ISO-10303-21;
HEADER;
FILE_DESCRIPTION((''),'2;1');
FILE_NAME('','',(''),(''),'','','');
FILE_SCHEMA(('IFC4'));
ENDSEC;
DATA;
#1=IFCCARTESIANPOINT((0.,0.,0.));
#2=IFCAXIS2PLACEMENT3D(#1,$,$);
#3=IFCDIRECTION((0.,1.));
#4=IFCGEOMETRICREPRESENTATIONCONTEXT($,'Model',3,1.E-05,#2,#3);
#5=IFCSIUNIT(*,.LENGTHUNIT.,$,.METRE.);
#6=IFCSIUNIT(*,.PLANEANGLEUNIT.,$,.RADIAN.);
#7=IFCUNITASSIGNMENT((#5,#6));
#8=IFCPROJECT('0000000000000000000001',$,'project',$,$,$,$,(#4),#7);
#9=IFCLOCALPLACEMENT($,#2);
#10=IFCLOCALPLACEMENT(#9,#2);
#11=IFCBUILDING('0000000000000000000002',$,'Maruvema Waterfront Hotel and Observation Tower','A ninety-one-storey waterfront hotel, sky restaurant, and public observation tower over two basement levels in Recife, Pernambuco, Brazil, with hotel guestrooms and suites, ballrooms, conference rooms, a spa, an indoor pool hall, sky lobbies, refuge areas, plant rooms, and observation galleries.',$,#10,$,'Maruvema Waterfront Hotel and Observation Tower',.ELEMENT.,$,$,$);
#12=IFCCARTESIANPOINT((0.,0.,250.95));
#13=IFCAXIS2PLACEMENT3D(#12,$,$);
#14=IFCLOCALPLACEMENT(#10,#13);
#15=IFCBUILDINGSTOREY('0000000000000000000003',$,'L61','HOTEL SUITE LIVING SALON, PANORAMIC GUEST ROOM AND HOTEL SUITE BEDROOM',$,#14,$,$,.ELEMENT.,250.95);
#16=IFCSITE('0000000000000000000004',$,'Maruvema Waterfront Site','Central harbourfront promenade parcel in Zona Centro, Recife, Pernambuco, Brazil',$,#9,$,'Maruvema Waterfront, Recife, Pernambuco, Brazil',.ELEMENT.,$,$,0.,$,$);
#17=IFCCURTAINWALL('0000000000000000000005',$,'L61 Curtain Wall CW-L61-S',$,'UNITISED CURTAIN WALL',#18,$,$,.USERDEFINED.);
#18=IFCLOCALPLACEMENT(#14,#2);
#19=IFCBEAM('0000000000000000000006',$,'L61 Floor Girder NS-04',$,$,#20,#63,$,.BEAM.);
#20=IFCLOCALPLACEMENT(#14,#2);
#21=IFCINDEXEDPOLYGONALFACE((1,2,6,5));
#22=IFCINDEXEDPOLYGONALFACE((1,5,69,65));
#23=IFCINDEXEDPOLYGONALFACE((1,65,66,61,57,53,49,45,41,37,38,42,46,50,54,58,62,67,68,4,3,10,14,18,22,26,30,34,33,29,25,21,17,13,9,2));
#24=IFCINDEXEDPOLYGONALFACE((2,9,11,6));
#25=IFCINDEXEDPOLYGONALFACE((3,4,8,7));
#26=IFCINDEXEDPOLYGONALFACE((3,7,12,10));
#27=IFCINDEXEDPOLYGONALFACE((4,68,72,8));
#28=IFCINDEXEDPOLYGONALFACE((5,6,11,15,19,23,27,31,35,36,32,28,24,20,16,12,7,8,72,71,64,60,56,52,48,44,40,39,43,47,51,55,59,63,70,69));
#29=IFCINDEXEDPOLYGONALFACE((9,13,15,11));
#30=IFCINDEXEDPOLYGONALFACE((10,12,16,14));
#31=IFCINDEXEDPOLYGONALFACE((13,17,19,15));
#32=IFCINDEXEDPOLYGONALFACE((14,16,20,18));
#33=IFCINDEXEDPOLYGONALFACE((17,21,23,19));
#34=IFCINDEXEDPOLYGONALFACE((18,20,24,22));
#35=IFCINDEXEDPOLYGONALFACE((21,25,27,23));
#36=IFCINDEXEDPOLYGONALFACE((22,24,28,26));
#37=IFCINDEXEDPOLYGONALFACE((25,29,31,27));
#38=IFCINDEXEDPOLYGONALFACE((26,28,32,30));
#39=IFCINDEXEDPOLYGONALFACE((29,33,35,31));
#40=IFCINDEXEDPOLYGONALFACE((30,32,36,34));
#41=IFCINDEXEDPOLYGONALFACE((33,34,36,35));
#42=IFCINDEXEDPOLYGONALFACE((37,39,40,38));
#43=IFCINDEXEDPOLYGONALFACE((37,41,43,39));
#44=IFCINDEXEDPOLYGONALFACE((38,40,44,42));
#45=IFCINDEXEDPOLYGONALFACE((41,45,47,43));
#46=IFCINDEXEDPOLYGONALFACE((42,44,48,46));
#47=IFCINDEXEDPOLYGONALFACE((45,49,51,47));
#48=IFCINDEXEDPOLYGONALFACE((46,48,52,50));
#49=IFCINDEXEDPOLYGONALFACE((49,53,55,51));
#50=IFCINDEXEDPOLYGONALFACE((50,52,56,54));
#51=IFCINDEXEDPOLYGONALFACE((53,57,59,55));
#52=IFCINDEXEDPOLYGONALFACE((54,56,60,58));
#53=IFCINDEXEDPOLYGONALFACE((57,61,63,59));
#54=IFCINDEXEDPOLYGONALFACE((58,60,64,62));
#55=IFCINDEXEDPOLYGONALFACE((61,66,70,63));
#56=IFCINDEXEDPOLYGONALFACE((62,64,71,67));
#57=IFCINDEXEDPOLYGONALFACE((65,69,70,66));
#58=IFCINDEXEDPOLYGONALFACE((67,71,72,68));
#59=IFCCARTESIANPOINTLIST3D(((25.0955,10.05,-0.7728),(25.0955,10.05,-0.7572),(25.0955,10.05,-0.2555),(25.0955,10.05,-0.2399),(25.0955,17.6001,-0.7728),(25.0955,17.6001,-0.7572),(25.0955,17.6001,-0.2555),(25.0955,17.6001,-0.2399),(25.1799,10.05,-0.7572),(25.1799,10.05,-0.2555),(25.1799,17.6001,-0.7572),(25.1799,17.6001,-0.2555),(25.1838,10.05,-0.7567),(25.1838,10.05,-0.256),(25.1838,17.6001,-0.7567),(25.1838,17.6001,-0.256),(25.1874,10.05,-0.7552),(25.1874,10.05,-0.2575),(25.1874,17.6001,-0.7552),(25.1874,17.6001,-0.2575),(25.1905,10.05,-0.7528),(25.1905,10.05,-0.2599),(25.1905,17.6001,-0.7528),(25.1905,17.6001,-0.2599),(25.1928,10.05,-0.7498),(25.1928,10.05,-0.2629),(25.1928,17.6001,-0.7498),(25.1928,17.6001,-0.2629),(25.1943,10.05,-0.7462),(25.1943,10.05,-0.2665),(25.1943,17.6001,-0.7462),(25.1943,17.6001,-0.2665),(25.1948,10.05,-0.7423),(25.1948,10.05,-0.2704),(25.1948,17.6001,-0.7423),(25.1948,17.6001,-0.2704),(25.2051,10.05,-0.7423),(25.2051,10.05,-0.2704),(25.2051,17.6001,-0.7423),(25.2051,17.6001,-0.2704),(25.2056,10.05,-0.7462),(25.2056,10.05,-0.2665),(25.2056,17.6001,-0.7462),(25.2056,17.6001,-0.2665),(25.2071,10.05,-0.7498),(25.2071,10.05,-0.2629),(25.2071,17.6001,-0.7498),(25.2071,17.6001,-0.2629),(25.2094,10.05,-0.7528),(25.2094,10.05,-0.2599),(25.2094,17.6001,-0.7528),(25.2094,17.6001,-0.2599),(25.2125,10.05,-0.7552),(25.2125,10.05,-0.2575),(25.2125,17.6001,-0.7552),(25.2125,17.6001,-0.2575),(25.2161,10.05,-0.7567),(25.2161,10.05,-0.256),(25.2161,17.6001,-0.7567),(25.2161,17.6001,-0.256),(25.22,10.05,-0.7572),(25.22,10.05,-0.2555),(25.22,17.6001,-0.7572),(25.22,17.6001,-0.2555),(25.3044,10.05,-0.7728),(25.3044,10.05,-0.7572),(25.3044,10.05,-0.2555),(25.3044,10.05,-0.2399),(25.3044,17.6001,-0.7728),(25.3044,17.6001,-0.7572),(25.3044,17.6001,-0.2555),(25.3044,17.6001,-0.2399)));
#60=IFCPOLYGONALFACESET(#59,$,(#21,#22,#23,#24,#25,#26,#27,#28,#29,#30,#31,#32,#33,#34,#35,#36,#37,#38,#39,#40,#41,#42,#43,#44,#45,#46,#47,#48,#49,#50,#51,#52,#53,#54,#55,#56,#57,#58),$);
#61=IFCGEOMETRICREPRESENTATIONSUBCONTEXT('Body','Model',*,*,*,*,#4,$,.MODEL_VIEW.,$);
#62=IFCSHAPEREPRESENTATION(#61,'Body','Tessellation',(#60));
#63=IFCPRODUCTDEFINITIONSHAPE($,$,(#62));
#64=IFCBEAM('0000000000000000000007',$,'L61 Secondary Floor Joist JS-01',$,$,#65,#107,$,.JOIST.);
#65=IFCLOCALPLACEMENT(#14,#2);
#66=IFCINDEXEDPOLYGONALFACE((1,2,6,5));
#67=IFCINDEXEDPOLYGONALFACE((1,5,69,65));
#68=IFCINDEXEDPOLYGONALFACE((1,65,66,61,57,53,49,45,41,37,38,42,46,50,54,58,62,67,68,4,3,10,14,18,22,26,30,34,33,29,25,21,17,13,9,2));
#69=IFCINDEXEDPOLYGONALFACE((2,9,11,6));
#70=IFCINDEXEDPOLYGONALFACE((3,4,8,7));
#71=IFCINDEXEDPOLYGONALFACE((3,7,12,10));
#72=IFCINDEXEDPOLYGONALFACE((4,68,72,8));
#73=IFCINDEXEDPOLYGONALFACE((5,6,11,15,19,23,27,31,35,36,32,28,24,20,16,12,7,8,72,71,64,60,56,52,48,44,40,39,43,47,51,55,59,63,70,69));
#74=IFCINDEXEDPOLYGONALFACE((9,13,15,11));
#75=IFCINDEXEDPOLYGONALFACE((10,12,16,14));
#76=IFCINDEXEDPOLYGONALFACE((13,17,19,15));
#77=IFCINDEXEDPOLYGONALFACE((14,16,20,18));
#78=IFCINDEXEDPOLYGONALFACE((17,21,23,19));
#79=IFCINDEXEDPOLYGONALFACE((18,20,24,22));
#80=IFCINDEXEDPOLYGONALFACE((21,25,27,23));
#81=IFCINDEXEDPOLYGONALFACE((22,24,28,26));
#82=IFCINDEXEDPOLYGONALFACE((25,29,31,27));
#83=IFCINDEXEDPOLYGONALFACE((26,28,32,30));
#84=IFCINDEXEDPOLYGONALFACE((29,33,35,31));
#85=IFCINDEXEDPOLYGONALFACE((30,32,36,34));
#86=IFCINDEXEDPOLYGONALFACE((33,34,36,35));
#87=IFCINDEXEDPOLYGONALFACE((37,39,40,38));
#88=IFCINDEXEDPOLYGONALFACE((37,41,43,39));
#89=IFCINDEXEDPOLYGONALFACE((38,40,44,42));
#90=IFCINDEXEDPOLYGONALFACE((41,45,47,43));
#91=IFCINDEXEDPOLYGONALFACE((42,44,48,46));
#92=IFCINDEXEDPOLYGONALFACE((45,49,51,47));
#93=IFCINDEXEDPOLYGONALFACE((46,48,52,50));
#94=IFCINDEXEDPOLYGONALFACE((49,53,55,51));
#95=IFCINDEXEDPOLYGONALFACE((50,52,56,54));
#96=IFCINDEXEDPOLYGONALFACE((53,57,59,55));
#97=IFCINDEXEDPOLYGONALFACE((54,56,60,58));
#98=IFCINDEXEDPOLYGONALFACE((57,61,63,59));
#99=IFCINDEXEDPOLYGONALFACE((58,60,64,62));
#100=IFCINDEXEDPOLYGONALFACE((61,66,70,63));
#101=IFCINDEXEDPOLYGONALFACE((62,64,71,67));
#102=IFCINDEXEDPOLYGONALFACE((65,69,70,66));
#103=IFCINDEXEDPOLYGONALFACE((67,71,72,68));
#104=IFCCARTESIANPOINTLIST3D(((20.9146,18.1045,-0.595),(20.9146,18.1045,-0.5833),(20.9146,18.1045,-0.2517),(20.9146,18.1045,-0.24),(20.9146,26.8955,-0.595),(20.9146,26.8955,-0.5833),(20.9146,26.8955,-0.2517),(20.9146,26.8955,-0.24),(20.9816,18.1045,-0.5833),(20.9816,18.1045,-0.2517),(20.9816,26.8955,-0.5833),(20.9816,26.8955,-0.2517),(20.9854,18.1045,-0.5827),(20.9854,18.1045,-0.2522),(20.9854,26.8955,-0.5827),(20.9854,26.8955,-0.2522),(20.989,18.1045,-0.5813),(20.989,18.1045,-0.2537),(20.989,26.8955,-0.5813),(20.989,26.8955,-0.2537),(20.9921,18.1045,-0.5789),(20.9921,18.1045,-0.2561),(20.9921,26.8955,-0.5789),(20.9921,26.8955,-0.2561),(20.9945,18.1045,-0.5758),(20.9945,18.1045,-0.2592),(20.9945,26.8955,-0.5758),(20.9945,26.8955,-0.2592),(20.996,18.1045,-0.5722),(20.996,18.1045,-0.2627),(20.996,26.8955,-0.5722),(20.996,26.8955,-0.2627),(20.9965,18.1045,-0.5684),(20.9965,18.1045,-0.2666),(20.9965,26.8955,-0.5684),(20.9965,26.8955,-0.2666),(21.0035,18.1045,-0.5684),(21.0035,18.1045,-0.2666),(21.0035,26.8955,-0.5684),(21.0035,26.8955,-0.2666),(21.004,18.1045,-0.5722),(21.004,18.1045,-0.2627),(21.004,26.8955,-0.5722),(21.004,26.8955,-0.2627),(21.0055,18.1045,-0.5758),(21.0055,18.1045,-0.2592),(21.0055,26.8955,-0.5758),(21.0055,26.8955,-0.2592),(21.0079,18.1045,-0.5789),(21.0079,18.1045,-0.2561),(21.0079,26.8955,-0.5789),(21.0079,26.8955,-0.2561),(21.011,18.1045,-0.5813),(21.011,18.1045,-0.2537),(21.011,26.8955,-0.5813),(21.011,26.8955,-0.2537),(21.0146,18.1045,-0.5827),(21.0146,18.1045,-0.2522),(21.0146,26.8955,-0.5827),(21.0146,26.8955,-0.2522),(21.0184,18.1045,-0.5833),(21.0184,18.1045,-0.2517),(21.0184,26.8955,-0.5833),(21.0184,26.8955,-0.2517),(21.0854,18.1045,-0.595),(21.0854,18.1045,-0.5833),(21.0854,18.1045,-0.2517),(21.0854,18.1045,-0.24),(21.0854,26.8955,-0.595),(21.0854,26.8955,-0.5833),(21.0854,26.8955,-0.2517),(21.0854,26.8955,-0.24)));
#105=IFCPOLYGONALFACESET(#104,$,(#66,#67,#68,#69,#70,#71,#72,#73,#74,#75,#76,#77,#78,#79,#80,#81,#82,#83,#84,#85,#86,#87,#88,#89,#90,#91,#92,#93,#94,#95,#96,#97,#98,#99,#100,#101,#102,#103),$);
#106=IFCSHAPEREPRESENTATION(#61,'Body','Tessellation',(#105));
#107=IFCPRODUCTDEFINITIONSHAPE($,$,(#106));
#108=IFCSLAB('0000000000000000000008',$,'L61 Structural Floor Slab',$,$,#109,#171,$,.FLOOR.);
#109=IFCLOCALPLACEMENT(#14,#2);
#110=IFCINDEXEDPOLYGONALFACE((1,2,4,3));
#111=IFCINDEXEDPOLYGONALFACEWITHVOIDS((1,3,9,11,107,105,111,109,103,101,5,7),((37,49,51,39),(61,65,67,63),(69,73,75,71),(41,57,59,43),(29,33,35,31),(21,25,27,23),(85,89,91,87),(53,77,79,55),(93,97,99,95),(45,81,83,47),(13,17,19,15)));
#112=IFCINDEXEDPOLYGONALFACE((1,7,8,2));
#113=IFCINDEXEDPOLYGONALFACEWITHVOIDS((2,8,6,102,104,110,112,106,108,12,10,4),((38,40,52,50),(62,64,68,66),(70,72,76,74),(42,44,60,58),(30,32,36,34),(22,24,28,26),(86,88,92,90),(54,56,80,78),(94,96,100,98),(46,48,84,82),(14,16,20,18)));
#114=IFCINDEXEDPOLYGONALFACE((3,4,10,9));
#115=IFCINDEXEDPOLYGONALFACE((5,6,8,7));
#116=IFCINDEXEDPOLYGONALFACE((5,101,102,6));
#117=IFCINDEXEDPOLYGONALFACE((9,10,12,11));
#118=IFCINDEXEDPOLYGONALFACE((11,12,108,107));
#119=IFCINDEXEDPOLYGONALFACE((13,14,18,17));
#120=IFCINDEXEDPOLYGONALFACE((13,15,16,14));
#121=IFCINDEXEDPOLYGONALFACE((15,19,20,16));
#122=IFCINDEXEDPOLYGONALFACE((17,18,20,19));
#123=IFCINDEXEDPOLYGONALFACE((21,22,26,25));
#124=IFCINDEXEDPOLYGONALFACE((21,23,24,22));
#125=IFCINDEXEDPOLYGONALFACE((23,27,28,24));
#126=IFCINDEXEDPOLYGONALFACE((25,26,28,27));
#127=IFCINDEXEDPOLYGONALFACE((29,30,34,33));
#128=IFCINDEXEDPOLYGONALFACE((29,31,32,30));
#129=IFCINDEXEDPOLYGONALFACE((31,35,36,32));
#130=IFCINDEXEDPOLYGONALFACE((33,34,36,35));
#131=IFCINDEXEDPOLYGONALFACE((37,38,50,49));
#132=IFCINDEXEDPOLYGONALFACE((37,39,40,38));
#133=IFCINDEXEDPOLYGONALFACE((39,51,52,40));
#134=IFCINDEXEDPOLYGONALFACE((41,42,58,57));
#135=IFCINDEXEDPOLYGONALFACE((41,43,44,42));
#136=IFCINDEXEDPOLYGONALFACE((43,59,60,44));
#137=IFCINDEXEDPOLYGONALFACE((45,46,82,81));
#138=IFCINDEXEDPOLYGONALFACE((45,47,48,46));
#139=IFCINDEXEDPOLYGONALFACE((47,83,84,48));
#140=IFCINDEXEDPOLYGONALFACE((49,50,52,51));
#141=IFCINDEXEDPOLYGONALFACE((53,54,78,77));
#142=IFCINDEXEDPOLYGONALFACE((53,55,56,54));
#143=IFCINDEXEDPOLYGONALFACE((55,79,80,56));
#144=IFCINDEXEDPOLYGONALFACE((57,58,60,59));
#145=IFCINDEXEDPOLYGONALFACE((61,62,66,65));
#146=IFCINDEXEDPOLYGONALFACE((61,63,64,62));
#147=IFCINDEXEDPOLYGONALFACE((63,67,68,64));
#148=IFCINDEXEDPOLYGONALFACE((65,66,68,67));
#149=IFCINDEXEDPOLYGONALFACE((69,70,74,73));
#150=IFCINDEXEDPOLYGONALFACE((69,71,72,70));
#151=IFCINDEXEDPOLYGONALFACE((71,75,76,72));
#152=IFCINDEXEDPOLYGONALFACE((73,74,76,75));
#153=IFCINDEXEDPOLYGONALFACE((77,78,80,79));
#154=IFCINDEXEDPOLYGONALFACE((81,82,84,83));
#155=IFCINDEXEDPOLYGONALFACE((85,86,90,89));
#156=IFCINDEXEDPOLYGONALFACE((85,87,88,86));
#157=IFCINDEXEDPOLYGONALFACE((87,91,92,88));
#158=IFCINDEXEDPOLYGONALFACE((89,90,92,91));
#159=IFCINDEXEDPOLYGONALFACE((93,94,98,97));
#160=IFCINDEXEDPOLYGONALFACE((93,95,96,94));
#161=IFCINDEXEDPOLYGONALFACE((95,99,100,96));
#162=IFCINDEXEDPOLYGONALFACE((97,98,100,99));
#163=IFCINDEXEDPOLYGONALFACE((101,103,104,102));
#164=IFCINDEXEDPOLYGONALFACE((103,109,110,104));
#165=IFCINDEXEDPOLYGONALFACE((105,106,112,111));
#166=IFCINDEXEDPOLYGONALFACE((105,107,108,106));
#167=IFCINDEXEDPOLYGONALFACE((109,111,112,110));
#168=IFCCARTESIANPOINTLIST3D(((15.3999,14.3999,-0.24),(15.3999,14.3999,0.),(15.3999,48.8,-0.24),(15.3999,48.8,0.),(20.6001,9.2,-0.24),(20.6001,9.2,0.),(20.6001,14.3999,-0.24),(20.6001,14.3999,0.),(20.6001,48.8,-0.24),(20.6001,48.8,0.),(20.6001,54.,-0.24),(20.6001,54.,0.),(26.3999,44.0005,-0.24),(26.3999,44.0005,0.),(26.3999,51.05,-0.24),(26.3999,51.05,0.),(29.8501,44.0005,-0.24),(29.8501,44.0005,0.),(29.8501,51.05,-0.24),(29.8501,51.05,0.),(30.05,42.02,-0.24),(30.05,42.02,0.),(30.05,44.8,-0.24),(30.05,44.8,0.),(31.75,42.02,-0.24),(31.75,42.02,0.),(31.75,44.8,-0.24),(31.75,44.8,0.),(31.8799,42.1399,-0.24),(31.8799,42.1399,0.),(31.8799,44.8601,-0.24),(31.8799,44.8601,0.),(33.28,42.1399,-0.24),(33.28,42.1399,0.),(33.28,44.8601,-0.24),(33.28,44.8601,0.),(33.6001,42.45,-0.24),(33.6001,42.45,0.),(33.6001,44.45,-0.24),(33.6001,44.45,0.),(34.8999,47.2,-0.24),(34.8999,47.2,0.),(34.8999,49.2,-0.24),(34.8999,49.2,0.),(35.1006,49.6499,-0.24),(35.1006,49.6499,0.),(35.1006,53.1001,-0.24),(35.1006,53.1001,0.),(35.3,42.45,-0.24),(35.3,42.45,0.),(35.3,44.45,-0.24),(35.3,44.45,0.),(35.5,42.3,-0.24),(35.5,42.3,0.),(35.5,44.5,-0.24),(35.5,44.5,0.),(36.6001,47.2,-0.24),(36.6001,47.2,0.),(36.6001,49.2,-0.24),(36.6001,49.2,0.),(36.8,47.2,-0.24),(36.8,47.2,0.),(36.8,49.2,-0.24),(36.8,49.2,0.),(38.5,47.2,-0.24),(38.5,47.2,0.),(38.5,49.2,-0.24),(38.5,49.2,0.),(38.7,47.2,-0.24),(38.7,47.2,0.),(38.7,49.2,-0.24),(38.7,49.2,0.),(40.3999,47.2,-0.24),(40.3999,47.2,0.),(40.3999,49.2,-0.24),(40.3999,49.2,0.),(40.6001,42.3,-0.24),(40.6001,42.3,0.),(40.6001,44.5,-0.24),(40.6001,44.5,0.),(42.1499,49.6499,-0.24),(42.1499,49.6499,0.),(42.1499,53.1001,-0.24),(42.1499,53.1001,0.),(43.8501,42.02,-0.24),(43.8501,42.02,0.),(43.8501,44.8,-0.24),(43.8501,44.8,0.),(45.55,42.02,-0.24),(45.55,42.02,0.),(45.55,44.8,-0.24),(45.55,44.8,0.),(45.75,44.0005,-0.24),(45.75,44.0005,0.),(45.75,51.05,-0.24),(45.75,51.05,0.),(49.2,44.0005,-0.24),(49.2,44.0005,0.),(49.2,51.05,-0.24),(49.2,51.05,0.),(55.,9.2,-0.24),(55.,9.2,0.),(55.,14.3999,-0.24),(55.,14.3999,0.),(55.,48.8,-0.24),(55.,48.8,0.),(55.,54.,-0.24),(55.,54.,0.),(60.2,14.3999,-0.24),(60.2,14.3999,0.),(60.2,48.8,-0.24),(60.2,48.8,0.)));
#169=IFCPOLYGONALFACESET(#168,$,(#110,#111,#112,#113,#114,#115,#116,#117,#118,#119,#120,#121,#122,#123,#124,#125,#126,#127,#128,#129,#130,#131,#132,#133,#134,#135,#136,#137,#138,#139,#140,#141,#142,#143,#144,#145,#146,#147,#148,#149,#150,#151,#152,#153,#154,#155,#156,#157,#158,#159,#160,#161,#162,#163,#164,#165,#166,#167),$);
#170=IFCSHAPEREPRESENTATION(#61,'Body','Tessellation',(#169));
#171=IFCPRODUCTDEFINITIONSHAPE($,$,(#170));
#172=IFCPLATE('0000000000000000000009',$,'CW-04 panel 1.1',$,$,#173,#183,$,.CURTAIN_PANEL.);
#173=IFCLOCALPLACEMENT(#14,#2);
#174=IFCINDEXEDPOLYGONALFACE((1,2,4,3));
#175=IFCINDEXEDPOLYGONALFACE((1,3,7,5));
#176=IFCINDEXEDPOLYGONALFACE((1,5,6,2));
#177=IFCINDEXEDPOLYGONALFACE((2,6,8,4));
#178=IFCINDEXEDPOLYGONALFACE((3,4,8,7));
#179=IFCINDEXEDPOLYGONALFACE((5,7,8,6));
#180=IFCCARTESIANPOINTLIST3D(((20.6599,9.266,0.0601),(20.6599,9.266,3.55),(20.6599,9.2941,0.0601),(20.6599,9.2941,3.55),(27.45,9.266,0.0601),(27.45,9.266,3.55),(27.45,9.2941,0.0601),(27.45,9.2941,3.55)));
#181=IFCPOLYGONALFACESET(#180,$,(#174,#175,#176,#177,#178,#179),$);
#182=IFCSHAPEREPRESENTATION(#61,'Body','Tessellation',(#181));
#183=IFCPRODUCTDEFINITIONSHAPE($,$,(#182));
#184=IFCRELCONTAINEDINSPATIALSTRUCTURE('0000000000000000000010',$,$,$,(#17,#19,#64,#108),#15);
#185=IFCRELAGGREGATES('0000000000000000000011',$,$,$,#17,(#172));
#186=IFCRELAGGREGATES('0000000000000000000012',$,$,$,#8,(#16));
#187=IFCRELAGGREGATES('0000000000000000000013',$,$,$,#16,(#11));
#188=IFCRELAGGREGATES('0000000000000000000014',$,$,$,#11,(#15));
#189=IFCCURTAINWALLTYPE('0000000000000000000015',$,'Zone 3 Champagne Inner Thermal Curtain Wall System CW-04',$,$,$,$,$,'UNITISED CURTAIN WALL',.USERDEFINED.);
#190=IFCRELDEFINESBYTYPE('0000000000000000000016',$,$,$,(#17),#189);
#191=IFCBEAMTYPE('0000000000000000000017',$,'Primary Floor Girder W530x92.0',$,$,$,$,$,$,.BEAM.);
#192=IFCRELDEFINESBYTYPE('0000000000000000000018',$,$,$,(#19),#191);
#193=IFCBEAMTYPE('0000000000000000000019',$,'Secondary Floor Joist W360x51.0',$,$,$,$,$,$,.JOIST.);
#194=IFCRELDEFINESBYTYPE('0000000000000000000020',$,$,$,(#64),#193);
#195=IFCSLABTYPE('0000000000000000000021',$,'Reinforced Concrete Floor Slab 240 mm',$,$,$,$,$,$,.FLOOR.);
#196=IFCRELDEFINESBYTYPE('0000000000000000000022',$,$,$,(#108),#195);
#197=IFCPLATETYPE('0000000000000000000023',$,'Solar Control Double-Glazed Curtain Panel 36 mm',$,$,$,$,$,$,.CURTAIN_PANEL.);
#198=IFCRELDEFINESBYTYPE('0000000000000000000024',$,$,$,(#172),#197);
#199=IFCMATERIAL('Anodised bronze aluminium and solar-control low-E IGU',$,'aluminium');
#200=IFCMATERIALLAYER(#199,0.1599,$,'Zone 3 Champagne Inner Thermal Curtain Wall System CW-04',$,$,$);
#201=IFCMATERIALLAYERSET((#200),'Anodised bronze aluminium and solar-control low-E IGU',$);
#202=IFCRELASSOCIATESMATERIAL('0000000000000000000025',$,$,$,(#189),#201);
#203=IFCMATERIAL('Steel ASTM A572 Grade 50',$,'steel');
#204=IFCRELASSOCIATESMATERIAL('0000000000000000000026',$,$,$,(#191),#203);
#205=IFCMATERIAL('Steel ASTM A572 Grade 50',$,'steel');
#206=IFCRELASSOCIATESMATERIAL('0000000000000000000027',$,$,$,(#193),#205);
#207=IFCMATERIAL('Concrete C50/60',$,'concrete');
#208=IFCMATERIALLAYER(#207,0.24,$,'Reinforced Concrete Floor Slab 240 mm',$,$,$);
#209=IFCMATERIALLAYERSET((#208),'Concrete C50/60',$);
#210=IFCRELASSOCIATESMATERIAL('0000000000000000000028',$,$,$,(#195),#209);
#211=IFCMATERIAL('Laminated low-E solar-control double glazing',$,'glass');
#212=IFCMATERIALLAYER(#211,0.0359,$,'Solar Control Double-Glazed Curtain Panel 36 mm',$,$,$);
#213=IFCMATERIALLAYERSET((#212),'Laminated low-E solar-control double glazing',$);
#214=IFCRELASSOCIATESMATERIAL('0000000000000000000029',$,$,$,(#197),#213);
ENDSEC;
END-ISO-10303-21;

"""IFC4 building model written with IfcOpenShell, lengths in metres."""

from ifc_helpers import new_model, si_unit, direction, frame, origin, origin_2d, place, context, subcontext, project, spatial, polyline, rectangle, i_section, outline, extrude, material, layer, layer_set, material_profile, profile_set, type_object, element, aggregate, save


model = new_model("IFC4")

# Units and contexts
model_context = context("Model", 3, precision=1e-05, world=origin(), true_north=direction((0.0, 1.0)))
body_context = subcontext(model_context, "Body", "Model", "MODEL_VIEW")
ifc_project = project(units=[si_unit("LENGTHUNIT", "METRE"), si_unit("PLANEANGLEUNIT", "RADIAN")], contexts=[model_context])

# Site, building, storey
site_placement = place(None, origin())
site = spatial("IfcSite", under=ifc_project, at=site_placement, Name="Maruvema Waterfront Site", Description="Central harbourfront promenade parcel in Zona Centro, Recife, Pernambuco, Brazil", LongName="Maruvema Waterfront, Recife, Pernambuco, Brazil", CompositionType="ELEMENT", RefElevation=0.0)
building_placement = place(site_placement, origin())
building = spatial("IfcBuilding", under=site, at=building_placement, Name="Maruvema Waterfront Hotel and Observation Tower", Description="A ninety-one-storey waterfront hotel, sky restaurant, and public observation tower over two basement levels in Recife, Pernambuco, Brazil, with hotel guestrooms and suites, ballrooms, conference rooms, a spa, an indoor pool hall, sky lobbies, refuge areas, plant rooms, and observation galleries.", LongName="Maruvema Waterfront Hotel and Observation Tower", CompositionType="ELEMENT")
storey_placement = place(building_placement, frame((0.0, 0.0, 250.95)))
storey = spatial("IfcBuildingStorey", under=building, at=storey_placement, Name="L61", Description="HOTEL SUITE LIVING SALON, PANORAMIC GUEST ROOM AND HOTEL SUITE BEDROOM", CompositionType="ELEMENT", Elevation=250.95)

# Curtain wall
ifc_material_1 = material(Name="Anodised bronze aluminium and solar-control low-E IGU", Category="aluminium")
ifc_layer_1 = layer(ifc_material_1, 0.1599, Name="Zone 3 Champagne Inner Thermal Curtain Wall System CW-04")
ifc_layer_set_1 = layer_set([ifc_layer_1], Name="Anodised bronze aluminium and solar-control low-E IGU")
curtain_wall_type = type_object("IfcCurtainWallType", Name="Zone 3 Champagne Inner Thermal Curtain Wall System CW-04", ElementType="UNITISED CURTAIN WALL", PredefinedType="USERDEFINED", material=ifc_layer_set_1)
curtain_wall_1_placement = place(storey_placement, origin())
curtain_wall_1 = element("IfcCurtainWall", 1, at=curtain_wall_1_placement, inside=storey, type_object=curtain_wall_type, Name="L61 Curtain Wall CW-L61-S", ObjectType="UNITISED CURTAIN WALL", PredefinedType="USERDEFINED")

# Beams
ifc_material_2 = material(Name="Steel ASTM A572 Grade 50", Category="steel")
ifc_material_profile_1 = material_profile(ifc_material_2, i_section(OverallWidth=0.209, OverallDepth=0.533, WebThickness=0.0103, FlangeThickness=0.0156, FilletRadius=0.0149, at=origin_2d()), Name="W530x92.0")
ifc_profile_set_1 = profile_set([ifc_material_profile_1], Name="Steel ASTM A572 Grade 50")
beam_type_1 = type_object("IfcBeamType", Name="Primary Floor Girder W530x92.0", PredefinedType="BEAM", material=ifc_profile_set_1)
beam_1_placement = place(storey_placement, frame((25.2, 10.05, -0.5063), z_axis=(0.0, 1.0, 0.0), x_axis=(-1.0, 0.0, 0.0)))
element("IfcBeam", 2, at=beam_1_placement, inside=storey, type_object=beam_type_1, Name="L61 Floor Girder NS-04", PredefinedType="BEAM", context=body_context, shape_type="SweptSolid", body=[
    extrude(i_section(OverallWidth=0.209, OverallDepth=0.533, WebThickness=0.0103, FlangeThickness=0.0156, FilletRadius=0.0149, at=origin_2d()), origin(), (0.0, 0.0, 1.0), 7.55),
])
ifc_material_3 = material(Name="Steel ASTM A572 Grade 50", Category="steel")
ifc_material_profile_2 = material_profile(ifc_material_3, i_section(OverallWidth=0.1709, OverallDepth=0.355, WebThickness=0.0071, FlangeThickness=0.0117, FilletRadius=0.0149, at=origin_2d()), Name="W360x51.0")
ifc_profile_set_2 = profile_set([ifc_material_profile_2], Name="Steel ASTM A572 Grade 50")
beam_type_2 = type_object("IfcBeamType", Name="Secondary Floor Joist W360x51.0", PredefinedType="JOIST", material=ifc_profile_set_2)
beam_2_placement = place(storey_placement, frame((21.0, 18.1045, -0.4175), z_axis=(0.0, 1.0, 0.0), x_axis=(-1.0, 0.0, 0.0)))
element("IfcBeam", 3, at=beam_2_placement, inside=storey, type_object=beam_type_2, Name="L61 Secondary Floor Joist JS-01", PredefinedType="JOIST", context=body_context, shape_type="SweptSolid", body=[
    extrude(i_section(OverallWidth=0.1709, OverallDepth=0.355, WebThickness=0.0071, FlangeThickness=0.0117, FilletRadius=0.0149, at=origin_2d()), origin(), (0.0, 0.0, 1.0), 8.791),
])

# Slab
ifc_material_4 = material(Name="Concrete C50/60", Category="concrete")
ifc_layer_2 = layer(ifc_material_4, 0.24, Name="Reinforced Concrete Floor Slab 240 mm")
ifc_layer_set_2 = layer_set([ifc_layer_2], Name="Concrete C50/60")
slab_type_1 = type_object("IfcSlabType", Name="Reinforced Concrete Floor Slab 240 mm", PredefinedType="FLOOR", material=ifc_layer_set_2)
slab_1_placement = place(storey_placement, frame((0.0, 0.0, -0.24)))
element("IfcSlab", 4, at=slab_1_placement, inside=storey, type_object=slab_type_1, Name="L61 Structural Floor Slab", PredefinedType="FLOOR", context=body_context, shape_type="SweptSolid", body=[
    extrude(outline(polyline([(20.6001, 9.2), (55.0, 9.2), (55.0, 14.3999), (60.2, 14.3999), (60.2, 48.8), (55.0, 48.8), (55.0, 54.0), (20.6001, 54.0), (20.6001, 48.8), (15.3999, 48.8), (15.3999, 14.3999), (20.6001, 14.3999), (20.6001, 9.2)]), holes=[polyline([(26.3999, 44.0005), (26.3999, 51.05), (29.8501, 51.05), (29.8501, 44.0005), (26.3999, 44.0005)]), polyline([(30.05, 44.8), (31.75, 44.8), (31.75, 42.02), (30.05, 42.02), (30.05, 44.8)]), polyline([(31.8799, 42.1399), (31.8799, 44.8601), (33.28, 44.8601), (33.28, 42.1399), (31.8799, 42.1399)]), polyline([(33.6001, 44.45), (35.3, 44.45), (35.3, 42.45), (33.6001, 42.45), (33.6001, 44.45)]), polyline([(34.8999, 49.2), (36.6001, 49.2), (36.6001, 47.2), (34.8999, 47.2), (34.8999, 49.2)]), polyline([(36.8, 47.2), (36.8, 49.2), (38.5, 49.2), (38.5, 47.2), (36.8, 47.2)]), polyline([(35.5, 42.3), (35.5, 44.5), (40.6001, 44.5), (40.6001, 42.3), (35.5, 42.3)]), polyline([(35.1006, 53.1001), (42.1499, 53.1001), (42.1499, 49.6499), (35.1006, 49.6499), (35.1006, 53.1001)]), polyline([(38.7, 49.2), (40.3999, 49.2), (40.3999, 47.2), (38.7, 47.2), (38.7, 49.2)]), polyline([(43.8501, 44.8), (45.55, 44.8), (45.55, 42.02), (43.8501, 42.02), (43.8501, 44.8)]), polyline([(45.75, 44.0005), (45.75, 51.05), (49.2, 51.05), (49.2, 44.0005), (45.75, 44.0005)])]), origin(), (0.0, 0.0, 1.0), 0.24),
])

# Plate
ifc_material_5 = material(Name="Laminated low-E solar-control double glazing", Category="glass")
ifc_layer_3 = layer(ifc_material_5, 0.0359, Name="Solar Control Double-Glazed Curtain Panel 36 mm")
ifc_layer_set_3 = layer_set([ifc_layer_3], Name="Laminated low-E solar-control double glazing")
plate_type = type_object("IfcPlateType", Name="Solar Control Double-Glazed Curtain Panel 36 mm", PredefinedType="CURTAIN_PANEL", material=ifc_layer_set_3)
plate_1_placement = place(storey_placement, frame((24.0549, 9.28, 0.0601), z_axis=(0.0, 0.0, 1.0), x_axis=(1.0, 0.0, 0.0)))
plate_1 = element("IfcPlate", 5, at=plate_1_placement, type_object=plate_type, Name="CW-04 panel 1.1", PredefinedType="CURTAIN_PANEL", context=body_context, shape_type="SweptSolid", body=[
    extrude(rectangle(XDim=6.79, YDim=0.0281, at=origin_2d()), origin(), (0.0, 0.0, 1.0), 3.49),
])
aggregate(curtain_wall_1, [plate_1])

save(model, "model.ifc")
